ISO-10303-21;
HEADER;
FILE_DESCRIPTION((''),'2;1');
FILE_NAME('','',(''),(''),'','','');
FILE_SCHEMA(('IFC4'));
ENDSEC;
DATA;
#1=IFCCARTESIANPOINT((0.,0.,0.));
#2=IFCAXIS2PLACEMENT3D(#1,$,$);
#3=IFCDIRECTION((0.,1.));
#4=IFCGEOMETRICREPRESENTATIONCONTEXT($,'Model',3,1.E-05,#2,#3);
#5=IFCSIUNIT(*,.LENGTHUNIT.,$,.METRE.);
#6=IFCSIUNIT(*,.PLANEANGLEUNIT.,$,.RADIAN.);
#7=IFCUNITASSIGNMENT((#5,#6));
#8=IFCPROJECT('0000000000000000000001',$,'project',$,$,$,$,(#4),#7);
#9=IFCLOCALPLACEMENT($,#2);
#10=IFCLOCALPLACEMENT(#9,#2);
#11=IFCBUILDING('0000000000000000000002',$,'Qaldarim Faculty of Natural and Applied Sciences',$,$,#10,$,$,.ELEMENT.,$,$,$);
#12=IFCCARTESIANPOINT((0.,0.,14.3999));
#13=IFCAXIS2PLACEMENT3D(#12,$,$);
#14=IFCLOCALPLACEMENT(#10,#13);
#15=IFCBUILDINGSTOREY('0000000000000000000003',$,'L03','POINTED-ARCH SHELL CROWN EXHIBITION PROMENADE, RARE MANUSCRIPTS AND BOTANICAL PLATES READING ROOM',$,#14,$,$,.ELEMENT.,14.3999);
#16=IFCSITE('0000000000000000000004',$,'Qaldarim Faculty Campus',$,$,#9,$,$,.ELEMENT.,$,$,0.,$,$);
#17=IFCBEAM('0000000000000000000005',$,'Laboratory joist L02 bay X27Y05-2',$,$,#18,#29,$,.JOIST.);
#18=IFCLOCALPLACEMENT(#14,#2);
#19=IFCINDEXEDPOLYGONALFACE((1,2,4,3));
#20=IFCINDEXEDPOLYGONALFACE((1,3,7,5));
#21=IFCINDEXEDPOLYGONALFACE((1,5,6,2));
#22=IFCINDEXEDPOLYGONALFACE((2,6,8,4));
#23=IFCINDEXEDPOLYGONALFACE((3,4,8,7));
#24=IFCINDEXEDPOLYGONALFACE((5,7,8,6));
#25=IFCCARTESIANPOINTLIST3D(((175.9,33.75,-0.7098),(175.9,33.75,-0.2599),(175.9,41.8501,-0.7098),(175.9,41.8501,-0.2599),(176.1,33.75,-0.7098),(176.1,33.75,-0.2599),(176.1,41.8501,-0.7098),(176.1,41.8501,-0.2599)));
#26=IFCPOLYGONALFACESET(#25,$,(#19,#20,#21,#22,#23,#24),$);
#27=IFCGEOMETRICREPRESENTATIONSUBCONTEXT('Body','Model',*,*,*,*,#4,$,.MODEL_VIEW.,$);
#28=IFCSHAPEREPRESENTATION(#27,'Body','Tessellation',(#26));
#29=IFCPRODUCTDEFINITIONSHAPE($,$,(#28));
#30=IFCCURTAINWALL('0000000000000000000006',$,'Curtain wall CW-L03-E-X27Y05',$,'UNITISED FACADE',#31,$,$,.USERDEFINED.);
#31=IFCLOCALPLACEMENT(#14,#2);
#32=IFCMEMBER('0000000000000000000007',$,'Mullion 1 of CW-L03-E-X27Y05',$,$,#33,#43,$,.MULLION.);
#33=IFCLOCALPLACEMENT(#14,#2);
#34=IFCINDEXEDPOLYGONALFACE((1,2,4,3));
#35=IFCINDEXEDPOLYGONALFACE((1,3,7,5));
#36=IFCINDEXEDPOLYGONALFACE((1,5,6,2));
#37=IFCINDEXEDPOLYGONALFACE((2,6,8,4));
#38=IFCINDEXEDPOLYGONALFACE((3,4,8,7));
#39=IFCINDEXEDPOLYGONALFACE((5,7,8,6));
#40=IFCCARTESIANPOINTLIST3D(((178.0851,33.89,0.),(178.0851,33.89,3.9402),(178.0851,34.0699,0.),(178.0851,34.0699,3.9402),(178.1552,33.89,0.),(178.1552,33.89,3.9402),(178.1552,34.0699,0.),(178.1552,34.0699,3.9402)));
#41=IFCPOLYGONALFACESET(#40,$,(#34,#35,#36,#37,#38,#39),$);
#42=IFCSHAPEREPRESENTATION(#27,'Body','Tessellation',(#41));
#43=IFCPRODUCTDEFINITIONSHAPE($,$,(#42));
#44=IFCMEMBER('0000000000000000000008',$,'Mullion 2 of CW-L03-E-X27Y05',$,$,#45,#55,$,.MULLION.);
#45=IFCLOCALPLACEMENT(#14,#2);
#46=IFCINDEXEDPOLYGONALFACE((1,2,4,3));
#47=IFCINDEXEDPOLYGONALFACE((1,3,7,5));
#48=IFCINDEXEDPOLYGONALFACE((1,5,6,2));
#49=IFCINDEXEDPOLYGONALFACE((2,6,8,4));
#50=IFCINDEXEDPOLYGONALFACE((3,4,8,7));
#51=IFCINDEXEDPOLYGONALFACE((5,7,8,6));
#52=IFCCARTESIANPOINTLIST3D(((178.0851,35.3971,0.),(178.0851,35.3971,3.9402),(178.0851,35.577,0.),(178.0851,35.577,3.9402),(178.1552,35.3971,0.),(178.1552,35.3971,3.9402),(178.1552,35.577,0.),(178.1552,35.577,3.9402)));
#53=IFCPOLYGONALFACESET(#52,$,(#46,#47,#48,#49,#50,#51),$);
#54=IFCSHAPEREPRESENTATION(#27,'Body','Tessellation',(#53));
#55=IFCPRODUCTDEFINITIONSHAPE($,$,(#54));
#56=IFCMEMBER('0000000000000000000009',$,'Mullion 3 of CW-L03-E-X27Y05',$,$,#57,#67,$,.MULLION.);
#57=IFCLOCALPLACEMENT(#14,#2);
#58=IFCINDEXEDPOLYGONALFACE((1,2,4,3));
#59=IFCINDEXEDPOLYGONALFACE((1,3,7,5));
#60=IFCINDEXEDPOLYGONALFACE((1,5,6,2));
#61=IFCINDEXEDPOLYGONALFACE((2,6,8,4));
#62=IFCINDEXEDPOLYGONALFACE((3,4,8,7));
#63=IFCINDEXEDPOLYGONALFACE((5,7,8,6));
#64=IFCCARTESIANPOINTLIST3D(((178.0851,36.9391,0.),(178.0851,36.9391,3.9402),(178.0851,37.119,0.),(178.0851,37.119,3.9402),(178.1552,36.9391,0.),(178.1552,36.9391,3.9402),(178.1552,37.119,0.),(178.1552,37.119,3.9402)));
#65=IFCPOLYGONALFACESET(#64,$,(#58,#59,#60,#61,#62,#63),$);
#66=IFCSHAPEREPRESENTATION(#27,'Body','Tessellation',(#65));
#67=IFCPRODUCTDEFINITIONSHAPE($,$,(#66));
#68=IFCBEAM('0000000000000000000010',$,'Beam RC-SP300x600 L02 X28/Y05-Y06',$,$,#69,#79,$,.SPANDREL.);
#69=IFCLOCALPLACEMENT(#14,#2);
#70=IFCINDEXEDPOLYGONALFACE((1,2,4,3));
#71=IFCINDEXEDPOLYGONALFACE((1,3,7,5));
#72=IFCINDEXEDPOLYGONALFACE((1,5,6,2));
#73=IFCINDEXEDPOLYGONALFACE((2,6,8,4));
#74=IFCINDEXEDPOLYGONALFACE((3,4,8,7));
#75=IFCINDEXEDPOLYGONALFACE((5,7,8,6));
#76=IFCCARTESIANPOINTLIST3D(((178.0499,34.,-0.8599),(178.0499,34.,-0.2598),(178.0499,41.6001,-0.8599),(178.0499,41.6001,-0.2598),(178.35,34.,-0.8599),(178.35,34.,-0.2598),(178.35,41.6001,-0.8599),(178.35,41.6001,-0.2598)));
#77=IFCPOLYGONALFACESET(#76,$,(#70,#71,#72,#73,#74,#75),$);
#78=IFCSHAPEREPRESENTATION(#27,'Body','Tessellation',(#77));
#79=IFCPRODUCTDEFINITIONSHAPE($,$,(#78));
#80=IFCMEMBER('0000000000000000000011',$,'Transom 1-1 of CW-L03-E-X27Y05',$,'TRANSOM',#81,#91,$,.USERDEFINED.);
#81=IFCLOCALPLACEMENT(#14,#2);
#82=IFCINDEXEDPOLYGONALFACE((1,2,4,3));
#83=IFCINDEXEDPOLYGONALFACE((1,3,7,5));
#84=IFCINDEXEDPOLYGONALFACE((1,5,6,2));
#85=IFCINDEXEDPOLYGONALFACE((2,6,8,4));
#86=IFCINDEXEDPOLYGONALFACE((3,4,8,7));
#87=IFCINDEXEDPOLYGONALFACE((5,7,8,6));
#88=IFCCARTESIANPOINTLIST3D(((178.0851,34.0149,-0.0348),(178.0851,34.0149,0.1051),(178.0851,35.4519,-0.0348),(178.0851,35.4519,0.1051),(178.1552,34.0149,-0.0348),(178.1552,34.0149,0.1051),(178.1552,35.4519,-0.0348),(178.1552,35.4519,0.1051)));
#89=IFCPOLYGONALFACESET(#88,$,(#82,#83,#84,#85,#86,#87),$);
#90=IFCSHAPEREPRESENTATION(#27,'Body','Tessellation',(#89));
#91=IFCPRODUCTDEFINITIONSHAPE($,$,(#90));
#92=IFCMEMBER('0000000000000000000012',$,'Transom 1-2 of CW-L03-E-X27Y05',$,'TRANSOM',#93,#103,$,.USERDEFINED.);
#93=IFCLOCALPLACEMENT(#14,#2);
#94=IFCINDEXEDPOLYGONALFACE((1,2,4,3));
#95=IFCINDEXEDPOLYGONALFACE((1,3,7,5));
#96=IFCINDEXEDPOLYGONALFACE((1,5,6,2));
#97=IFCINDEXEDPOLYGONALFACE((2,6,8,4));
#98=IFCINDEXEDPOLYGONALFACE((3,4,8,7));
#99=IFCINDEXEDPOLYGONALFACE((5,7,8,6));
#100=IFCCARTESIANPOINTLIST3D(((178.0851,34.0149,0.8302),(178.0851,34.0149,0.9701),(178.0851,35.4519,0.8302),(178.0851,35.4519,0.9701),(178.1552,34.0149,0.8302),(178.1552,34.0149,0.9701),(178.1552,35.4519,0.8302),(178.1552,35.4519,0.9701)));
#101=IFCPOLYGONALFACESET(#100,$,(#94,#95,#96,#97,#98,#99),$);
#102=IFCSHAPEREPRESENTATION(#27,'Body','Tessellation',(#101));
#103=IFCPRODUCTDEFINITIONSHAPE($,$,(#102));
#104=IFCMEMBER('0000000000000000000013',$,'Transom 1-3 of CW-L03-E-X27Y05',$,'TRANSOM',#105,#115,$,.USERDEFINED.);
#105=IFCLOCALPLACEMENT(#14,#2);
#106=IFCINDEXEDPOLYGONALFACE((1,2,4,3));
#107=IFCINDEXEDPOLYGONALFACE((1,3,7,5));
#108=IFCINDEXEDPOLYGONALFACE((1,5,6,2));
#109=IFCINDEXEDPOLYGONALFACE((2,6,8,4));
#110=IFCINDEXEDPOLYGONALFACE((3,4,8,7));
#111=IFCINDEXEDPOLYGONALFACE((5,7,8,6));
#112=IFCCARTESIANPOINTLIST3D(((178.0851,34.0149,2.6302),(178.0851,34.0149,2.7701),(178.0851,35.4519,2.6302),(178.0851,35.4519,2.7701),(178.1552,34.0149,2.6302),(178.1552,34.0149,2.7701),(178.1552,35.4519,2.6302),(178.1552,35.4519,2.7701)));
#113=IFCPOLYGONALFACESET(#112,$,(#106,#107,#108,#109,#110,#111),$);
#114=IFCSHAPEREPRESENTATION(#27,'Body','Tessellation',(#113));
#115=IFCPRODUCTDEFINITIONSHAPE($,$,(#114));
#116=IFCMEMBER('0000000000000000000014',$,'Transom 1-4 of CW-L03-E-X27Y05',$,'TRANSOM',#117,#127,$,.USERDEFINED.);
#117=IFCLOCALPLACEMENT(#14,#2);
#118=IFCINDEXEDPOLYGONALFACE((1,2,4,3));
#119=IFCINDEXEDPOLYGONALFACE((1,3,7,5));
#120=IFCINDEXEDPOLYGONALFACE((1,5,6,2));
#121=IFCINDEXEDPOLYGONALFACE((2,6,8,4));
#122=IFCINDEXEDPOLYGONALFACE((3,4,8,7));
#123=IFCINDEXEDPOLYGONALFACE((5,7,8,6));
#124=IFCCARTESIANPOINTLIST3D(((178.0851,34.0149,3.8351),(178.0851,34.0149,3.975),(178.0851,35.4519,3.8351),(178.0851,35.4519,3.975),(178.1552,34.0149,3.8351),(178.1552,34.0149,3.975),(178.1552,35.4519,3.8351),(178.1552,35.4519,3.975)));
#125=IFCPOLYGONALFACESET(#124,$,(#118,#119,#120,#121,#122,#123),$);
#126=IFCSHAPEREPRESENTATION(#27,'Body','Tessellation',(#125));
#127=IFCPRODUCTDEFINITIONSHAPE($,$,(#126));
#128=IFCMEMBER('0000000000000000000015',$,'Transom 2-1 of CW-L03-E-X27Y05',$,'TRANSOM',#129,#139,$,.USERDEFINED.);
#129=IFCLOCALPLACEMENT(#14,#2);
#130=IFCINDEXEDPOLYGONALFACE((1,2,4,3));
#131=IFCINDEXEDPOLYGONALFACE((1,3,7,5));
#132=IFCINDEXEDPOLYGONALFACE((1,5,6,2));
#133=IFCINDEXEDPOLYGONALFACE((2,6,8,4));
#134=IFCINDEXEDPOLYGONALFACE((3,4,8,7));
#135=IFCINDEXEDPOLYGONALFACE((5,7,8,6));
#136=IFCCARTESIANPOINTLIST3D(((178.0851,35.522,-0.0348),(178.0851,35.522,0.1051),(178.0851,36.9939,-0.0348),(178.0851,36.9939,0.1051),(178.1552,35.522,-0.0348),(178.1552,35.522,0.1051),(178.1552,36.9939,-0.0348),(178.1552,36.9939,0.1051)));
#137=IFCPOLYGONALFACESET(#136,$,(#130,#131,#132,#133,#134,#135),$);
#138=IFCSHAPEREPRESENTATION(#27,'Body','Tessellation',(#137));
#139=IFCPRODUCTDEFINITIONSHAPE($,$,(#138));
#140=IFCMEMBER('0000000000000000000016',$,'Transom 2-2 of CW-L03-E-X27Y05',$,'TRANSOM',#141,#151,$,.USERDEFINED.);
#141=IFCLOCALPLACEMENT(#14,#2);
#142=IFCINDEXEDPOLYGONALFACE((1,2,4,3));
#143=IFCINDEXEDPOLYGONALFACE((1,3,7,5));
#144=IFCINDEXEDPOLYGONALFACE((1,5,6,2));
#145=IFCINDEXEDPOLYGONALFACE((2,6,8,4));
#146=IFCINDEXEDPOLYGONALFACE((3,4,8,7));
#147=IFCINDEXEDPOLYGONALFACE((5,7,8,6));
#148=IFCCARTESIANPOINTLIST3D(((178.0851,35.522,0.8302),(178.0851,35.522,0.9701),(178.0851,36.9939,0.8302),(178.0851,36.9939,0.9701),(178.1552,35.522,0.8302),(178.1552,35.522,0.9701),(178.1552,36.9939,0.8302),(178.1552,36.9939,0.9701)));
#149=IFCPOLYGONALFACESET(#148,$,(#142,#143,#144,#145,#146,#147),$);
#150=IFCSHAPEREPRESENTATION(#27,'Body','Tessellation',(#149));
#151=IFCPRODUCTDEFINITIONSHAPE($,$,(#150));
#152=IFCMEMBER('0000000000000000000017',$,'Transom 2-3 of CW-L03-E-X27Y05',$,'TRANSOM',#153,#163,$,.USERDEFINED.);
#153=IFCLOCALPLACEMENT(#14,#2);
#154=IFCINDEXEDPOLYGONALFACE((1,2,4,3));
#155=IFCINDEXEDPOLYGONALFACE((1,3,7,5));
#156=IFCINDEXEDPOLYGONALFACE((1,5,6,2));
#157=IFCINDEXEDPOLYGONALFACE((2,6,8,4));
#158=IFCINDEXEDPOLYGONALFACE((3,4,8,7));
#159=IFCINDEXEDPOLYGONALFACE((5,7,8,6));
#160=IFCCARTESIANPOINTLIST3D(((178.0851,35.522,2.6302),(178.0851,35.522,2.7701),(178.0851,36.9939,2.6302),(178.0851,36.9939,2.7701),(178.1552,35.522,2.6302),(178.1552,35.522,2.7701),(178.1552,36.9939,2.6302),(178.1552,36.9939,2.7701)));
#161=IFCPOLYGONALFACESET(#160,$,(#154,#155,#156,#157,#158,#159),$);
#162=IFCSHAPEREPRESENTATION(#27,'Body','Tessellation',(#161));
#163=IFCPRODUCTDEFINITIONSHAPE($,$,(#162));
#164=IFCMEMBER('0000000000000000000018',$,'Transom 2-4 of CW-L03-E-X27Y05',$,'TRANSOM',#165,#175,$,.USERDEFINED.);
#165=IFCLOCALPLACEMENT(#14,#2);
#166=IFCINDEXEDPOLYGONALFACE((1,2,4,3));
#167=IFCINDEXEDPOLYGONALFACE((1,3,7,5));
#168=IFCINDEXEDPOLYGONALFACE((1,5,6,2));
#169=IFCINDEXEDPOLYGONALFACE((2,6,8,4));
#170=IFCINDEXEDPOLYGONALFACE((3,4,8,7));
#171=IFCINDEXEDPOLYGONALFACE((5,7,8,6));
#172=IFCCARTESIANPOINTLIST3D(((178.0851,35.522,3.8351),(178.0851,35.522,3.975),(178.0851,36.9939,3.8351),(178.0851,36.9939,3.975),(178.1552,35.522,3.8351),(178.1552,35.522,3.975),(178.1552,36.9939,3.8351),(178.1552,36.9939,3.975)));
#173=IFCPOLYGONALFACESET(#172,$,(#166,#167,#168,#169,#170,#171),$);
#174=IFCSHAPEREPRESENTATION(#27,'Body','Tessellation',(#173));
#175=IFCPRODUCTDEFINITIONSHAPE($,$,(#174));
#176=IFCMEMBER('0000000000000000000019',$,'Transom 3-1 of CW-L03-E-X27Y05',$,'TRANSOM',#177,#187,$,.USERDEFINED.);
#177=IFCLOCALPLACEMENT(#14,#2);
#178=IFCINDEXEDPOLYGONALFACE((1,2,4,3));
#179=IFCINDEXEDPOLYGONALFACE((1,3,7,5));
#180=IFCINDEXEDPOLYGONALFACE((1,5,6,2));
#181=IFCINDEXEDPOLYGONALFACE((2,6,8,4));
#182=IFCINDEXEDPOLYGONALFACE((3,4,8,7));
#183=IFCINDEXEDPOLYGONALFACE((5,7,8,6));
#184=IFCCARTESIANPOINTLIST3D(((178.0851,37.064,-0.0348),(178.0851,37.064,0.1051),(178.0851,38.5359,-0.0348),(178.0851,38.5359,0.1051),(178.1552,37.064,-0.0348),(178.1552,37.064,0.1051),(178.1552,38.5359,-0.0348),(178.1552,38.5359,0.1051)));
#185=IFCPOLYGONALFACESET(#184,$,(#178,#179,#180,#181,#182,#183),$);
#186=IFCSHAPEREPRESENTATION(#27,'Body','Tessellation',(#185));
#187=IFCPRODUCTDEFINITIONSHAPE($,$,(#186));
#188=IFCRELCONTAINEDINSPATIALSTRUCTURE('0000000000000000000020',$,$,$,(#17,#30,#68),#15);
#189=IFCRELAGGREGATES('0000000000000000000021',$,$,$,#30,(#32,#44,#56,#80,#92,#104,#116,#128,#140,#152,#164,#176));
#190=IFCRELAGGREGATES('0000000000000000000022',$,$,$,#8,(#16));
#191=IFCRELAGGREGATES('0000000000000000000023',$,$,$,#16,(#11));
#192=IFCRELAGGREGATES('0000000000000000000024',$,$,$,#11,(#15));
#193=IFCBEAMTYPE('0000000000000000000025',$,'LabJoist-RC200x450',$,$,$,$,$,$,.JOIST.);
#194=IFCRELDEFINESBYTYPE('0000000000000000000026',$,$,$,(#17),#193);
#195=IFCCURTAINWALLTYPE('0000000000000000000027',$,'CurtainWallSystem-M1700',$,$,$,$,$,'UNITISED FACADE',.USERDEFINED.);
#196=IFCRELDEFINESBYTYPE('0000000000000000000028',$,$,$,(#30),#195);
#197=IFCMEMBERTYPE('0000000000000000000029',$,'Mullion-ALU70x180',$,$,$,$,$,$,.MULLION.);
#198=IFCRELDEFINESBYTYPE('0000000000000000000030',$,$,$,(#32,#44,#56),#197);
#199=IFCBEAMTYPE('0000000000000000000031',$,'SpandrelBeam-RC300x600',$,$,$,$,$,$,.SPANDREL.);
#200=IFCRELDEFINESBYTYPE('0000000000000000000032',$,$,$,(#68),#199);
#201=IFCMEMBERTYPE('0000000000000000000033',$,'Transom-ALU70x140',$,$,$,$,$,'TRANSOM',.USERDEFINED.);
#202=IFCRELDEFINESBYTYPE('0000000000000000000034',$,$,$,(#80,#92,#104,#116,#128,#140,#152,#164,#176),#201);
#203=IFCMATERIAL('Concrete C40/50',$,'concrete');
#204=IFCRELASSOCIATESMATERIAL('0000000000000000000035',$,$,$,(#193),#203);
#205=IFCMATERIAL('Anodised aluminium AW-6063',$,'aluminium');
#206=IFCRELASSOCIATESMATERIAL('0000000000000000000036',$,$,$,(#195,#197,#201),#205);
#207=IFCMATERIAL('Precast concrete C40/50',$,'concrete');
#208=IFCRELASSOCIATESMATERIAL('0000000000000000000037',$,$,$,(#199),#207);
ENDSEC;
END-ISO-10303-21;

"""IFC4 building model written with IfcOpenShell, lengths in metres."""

from ifc_helpers import new_model, si_unit, direction, frame, origin, origin_2d, place, context, subcontext, project, spatial, rectangle, extrude, material, material_profile, profile_set, type_object, element, aggregate, save


model = new_model("IFC4")

# Units and contexts
model_context = context("Model", 3, precision=1e-05, world=origin(), true_north=direction((0.0, 1.0)))
body_context = subcontext(model_context, "Body", "Model", "MODEL_VIEW")
ifc_project = project(units=[si_unit("LENGTHUNIT", "METRE"), si_unit("PLANEANGLEUNIT", "RADIAN")], contexts=[model_context])

# Site, building, storey
site_placement = place(None, origin())
site = spatial("IfcSite", under=ifc_project, at=site_placement, Name="Qaldarim Faculty Campus", CompositionType="ELEMENT", RefElevation=0.0)
building_placement = place(site_placement, origin())
building = spatial("IfcBuilding", under=site, at=building_placement, Name="Qaldarim Faculty of Natural and Applied Sciences", CompositionType="ELEMENT")
storey_placement = place(building_placement, frame((0.0, 0.0, 14.3999)))
storey = spatial("IfcBuildingStorey", under=building, at=storey_placement, Name="L03", Description="POINTED-ARCH SHELL CROWN EXHIBITION PROMENADE, RARE MANUSCRIPTS AND BOTANICAL PLATES READING ROOM", CompositionType="ELEMENT", Elevation=14.3999)

# Beam
ifc_material_1 = material(Name="Concrete C40/50", Category="concrete")
ifc_material_profile_1 = material_profile(ifc_material_1, rectangle(XDim=0.2, YDim=0.45, at=origin_2d()), Name="RC-J200x450")
ifc_profile_set_1 = profile_set([ifc_material_profile_1], Name="Concrete C40/50")
beam_type_1 = type_object("IfcBeamType", Name="LabJoist-RC200x450", PredefinedType="JOIST", material=ifc_profile_set_1)
beam_1_placement = place(storey_placement, frame((176.0, 33.75, -0.4849), z_axis=(0.0, 1.0, 0.0), x_axis=(-1.0, 0.0, 0.0)))
element("IfcBeam", 1, at=beam_1_placement, inside=storey, type_object=beam_type_1, Name="Laboratory joist L02 bay X27Y05-2", PredefinedType="JOIST", context=body_context, shape_type="SweptSolid", body=[
    extrude(rectangle(XDim=0.2, YDim=0.45, at=origin_2d()), origin(), (0.0, 0.0, 1.0), 8.1001),
])

# Curtain wall, members
ifc_material_2 = material(Name="Anodised aluminium AW-6063", Category="aluminium")
curtain_wall_type = type_object("IfcCurtainWallType", Name="CurtainWallSystem-M1700", ElementType="UNITISED FACADE", PredefinedType="USERDEFINED", material=ifc_material_2)
curtain_wall_placement = place(storey_placement, origin())
curtain_wall = element("IfcCurtainWall", 2, at=curtain_wall_placement, inside=storey, type_object=curtain_wall_type, Name="Curtain wall CW-L03-E-X27Y05", ObjectType="UNITISED FACADE", PredefinedType="USERDEFINED")
ifc_material_profile_2 = material_profile(ifc_material_2, rectangle(XDim=0.0701, YDim=0.1799, at=origin_2d()), Name="ALU-M70x180")
ifc_profile_set_2 = profile_set([ifc_material_profile_2], Name="Anodised aluminium AW-6063")
member_type_1 = type_object("IfcMemberType", Name="Mullion-ALU70x180", PredefinedType="MULLION", material=ifc_profile_set_2)
member_1_placement = place(storey_placement, frame((178.1201, 33.98, 0.0), z_axis=(0.0, 0.0, 1.0), x_axis=(-1.0, 0.0, 0.0)))
member_1 = element("IfcMember", 3, at=member_1_placement, type_object=member_type_1, Name="Mullion 1 of CW-L03-E-X27Y05", PredefinedType="MULLION", context=body_context, shape_type="SweptSolid", body=[
    extrude(rectangle(XDim=0.0701, YDim=0.1799, at=origin_2d()), origin(), (0.0, 0.0, 1.0), 3.9402),
])
member_2_placement = place(storey_placement, frame((178.1201, 35.4871, 0.0), z_axis=(0.0, 0.0, 1.0), x_axis=(-1.0, 0.0, 0.0)))
member_2 = element("IfcMember", 4, at=member_2_placement, type_object=member_type_1, Name="Mullion 2 of CW-L03-E-X27Y05", PredefinedType="MULLION", context=body_context, shape_type="SweptSolid", body=[
    extrude(rectangle(XDim=0.0701, YDim=0.1799, at=origin_2d()), origin(), (0.0, 0.0, 1.0), 3.9402),
])
member_3_placement = place(storey_placement, frame((178.1201, 37.0291, 0.0), z_axis=(0.0, 0.0, 1.0), x_axis=(-1.0, 0.0, 0.0)))
member_3 = element("IfcMember", 5, at=member_3_placement, type_object=member_type_1, Name="Mullion 3 of CW-L03-E-X27Y05", PredefinedType="MULLION", context=body_context, shape_type="SweptSolid", body=[
    extrude(rectangle(XDim=0.0701, YDim=0.1799, at=origin_2d()), origin(), (0.0, 0.0, 1.0), 3.9402),
])

# Beam
ifc_material_3 = material(Name="Precast concrete C40/50", Category="concrete")
ifc_material_profile_3 = material_profile(ifc_material_3, rectangle(XDim=0.3, YDim=0.6001, at=origin_2d()), Name="RC-SP300x600")
ifc_profile_set_3 = profile_set([ifc_material_profile_3], Name="Precast concrete C40/50")
beam_type_2 = type_object("IfcBeamType", Name="SpandrelBeam-RC300x600", PredefinedType="SPANDREL", material=ifc_profile_set_3)
beam_2_placement = place(storey_placement, frame((178.2, 34.0, -0.5598), z_axis=(0.0, 1.0, 0.0), x_axis=(-1.0, 0.0, 0.0)))
element("IfcBeam", 6, at=beam_2_placement, inside=storey, type_object=beam_type_2, Name="Beam RC-SP300x600 L02 X28/Y05-Y06", PredefinedType="SPANDREL", context=body_context, shape_type="SweptSolid", body=[
    extrude(rectangle(XDim=0.3, YDim=0.6001, at=origin_2d()), origin(), (0.0, 0.0, 1.0), 7.6001),
])

# Members
ifc_material_profile_4 = material_profile(ifc_material_2, rectangle(XDim=0.0701, YDim=0.1399, at=origin_2d()), Name="ALU-T70x140")
ifc_profile_set_4 = profile_set([ifc_material_profile_4], Name="Anodised aluminium AW-6063")
member_type_2 = type_object("IfcMemberType", Name="Transom-ALU70x140", ElementType="TRANSOM", PredefinedType="USERDEFINED", material=ifc_profile_set_4)
member_4_placement = place(storey_placement, frame((178.1201, 34.0149, 0.0352), z_axis=(0.0, 1.0, 0.0), x_axis=(-1.0, 0.0, 0.0)))
member_4 = element("IfcMember", 7, at=member_4_placement, type_object=member_type_2, Name="Transom 1-1 of CW-L03-E-X27Y05", ObjectType="TRANSOM", PredefinedType="USERDEFINED", context=body_context, shape_type="SweptSolid", body=[
    extrude(rectangle(XDim=0.0701, YDim=0.1399, at=origin_2d()), origin(), (0.0, 0.0, 1.0), 1.437),
])
member_5_placement = place(storey_placement, frame((178.1201, 34.0149, 0.9001), z_axis=(0.0, 1.0, 0.0), x_axis=(-1.0, 0.0, 0.0)))
member_5 = element("IfcMember", 8, at=member_5_placement, type_object=member_type_2, Name="Transom 1-2 of CW-L03-E-X27Y05", ObjectType="TRANSOM", PredefinedType="USERDEFINED", context=body_context, shape_type="SweptSolid", body=[
    extrude(rectangle(XDim=0.0701, YDim=0.1399, at=origin_2d()), origin(), (0.0, 0.0, 1.0), 1.437),
])
member_6_placement = place(storey_placement, frame((178.1201, 34.0149, 2.7002), z_axis=(0.0, 1.0, 0.0), x_axis=(-1.0, 0.0, 0.0)))
member_6 = element("IfcMember", 9, at=member_6_placement, type_object=member_type_2, Name="Transom 1-3 of CW-L03-E-X27Y05", ObjectType="TRANSOM", PredefinedType="USERDEFINED", context=body_context, shape_type="SweptSolid", body=[
    extrude(rectangle(XDim=0.0701, YDim=0.1399, at=origin_2d()), origin(), (0.0, 0.0, 1.0), 1.437),
])
member_7_placement = place(storey_placement, frame((178.1201, 34.0149, 3.905), z_axis=(0.0, 1.0, 0.0), x_axis=(-1.0, 0.0, 0.0)))
member_7 = element("IfcMember", 10, at=member_7_placement, type_object=member_type_2, Name="Transom 1-4 of CW-L03-E-X27Y05", ObjectType="TRANSOM", PredefinedType="USERDEFINED", context=body_context, shape_type="SweptSolid", body=[
    extrude(rectangle(XDim=0.0701, YDim=0.1399, at=origin_2d()), origin(), (0.0, 0.0, 1.0), 1.437),
])
member_8_placement = place(storey_placement, frame((178.1201, 35.522, 0.0352), z_axis=(0.0, 1.0, 0.0), x_axis=(-1.0, 0.0, 0.0)))
member_8 = element("IfcMember", 11, at=member_8_placement, type_object=member_type_2, Name="Transom 2-1 of CW-L03-E-X27Y05", ObjectType="TRANSOM", PredefinedType="USERDEFINED", context=body_context, shape_type="SweptSolid", body=[
    extrude(rectangle(XDim=0.0701, YDim=0.1399, at=origin_2d()), origin(), (0.0, 0.0, 1.0), 1.4719),
])
member_9_placement = place(storey_placement, frame((178.1201, 35.522, 0.9001), z_axis=(0.0, 1.0, 0.0), x_axis=(-1.0, 0.0, 0.0)))
member_9 = element("IfcMember", 12, at=member_9_placement, type_object=member_type_2, Name="Transom 2-2 of CW-L03-E-X27Y05", ObjectType="TRANSOM", PredefinedType="USERDEFINED", context=body_context, shape_type="SweptSolid", body=[
    extrude(rectangle(XDim=0.0701, YDim=0.1399, at=origin_2d()), origin(), (0.0, 0.0, 1.0), 1.4719),
])
member_10_placement = place(storey_placement, frame((178.1201, 35.522, 2.7002), z_axis=(0.0, 1.0, 0.0), x_axis=(-1.0, 0.0, 0.0)))
member_10 = element("IfcMember", 13, at=member_10_placement, type_object=member_type_2, Name="Transom 2-3 of CW-L03-E-X27Y05", ObjectType="TRANSOM", PredefinedType="USERDEFINED", context=body_context, shape_type="SweptSolid", body=[
    extrude(rectangle(XDim=0.0701, YDim=0.1399, at=origin_2d()), origin(), (0.0, 0.0, 1.0), 1.4719),
])
member_11_placement = place(storey_placement, frame((178.1201, 35.522, 3.905), z_axis=(0.0, 1.0, 0.0), x_axis=(-1.0, 0.0, 0.0)))
member_11 = element("IfcMember", 14, at=member_11_placement, type_object=member_type_2, Name="Transom 2-4 of CW-L03-E-X27Y05", ObjectType="TRANSOM", PredefinedType="USERDEFINED", context=body_context, shape_type="SweptSolid", body=[
    extrude(rectangle(XDim=0.0701, YDim=0.1399, at=origin_2d()), origin(), (0.0, 0.0, 1.0), 1.4719),
])
member_12_placement = place(storey_placement, frame((178.1201, 37.064, 0.0352), z_axis=(0.0, 1.0, 0.0), x_axis=(-1.0, 0.0, 0.0)))
member_12 = element("IfcMember", 15, at=member_12_placement, type_object=member_type_2, Name="Transom 3-1 of CW-L03-E-X27Y05", ObjectType="TRANSOM", PredefinedType="USERDEFINED", context=body_context, shape_type="SweptSolid", body=[
    extrude(rectangle(XDim=0.0701, YDim=0.1399, at=origin_2d()), origin(), (0.0, 0.0, 1.0), 1.4719),
])

aggregate(curtain_wall, [member_1, member_2, member_3, member_4, member_5, member_6, member_7, member_8, member_9, member_10, member_11, member_12])

save(model, "model.ifc")
